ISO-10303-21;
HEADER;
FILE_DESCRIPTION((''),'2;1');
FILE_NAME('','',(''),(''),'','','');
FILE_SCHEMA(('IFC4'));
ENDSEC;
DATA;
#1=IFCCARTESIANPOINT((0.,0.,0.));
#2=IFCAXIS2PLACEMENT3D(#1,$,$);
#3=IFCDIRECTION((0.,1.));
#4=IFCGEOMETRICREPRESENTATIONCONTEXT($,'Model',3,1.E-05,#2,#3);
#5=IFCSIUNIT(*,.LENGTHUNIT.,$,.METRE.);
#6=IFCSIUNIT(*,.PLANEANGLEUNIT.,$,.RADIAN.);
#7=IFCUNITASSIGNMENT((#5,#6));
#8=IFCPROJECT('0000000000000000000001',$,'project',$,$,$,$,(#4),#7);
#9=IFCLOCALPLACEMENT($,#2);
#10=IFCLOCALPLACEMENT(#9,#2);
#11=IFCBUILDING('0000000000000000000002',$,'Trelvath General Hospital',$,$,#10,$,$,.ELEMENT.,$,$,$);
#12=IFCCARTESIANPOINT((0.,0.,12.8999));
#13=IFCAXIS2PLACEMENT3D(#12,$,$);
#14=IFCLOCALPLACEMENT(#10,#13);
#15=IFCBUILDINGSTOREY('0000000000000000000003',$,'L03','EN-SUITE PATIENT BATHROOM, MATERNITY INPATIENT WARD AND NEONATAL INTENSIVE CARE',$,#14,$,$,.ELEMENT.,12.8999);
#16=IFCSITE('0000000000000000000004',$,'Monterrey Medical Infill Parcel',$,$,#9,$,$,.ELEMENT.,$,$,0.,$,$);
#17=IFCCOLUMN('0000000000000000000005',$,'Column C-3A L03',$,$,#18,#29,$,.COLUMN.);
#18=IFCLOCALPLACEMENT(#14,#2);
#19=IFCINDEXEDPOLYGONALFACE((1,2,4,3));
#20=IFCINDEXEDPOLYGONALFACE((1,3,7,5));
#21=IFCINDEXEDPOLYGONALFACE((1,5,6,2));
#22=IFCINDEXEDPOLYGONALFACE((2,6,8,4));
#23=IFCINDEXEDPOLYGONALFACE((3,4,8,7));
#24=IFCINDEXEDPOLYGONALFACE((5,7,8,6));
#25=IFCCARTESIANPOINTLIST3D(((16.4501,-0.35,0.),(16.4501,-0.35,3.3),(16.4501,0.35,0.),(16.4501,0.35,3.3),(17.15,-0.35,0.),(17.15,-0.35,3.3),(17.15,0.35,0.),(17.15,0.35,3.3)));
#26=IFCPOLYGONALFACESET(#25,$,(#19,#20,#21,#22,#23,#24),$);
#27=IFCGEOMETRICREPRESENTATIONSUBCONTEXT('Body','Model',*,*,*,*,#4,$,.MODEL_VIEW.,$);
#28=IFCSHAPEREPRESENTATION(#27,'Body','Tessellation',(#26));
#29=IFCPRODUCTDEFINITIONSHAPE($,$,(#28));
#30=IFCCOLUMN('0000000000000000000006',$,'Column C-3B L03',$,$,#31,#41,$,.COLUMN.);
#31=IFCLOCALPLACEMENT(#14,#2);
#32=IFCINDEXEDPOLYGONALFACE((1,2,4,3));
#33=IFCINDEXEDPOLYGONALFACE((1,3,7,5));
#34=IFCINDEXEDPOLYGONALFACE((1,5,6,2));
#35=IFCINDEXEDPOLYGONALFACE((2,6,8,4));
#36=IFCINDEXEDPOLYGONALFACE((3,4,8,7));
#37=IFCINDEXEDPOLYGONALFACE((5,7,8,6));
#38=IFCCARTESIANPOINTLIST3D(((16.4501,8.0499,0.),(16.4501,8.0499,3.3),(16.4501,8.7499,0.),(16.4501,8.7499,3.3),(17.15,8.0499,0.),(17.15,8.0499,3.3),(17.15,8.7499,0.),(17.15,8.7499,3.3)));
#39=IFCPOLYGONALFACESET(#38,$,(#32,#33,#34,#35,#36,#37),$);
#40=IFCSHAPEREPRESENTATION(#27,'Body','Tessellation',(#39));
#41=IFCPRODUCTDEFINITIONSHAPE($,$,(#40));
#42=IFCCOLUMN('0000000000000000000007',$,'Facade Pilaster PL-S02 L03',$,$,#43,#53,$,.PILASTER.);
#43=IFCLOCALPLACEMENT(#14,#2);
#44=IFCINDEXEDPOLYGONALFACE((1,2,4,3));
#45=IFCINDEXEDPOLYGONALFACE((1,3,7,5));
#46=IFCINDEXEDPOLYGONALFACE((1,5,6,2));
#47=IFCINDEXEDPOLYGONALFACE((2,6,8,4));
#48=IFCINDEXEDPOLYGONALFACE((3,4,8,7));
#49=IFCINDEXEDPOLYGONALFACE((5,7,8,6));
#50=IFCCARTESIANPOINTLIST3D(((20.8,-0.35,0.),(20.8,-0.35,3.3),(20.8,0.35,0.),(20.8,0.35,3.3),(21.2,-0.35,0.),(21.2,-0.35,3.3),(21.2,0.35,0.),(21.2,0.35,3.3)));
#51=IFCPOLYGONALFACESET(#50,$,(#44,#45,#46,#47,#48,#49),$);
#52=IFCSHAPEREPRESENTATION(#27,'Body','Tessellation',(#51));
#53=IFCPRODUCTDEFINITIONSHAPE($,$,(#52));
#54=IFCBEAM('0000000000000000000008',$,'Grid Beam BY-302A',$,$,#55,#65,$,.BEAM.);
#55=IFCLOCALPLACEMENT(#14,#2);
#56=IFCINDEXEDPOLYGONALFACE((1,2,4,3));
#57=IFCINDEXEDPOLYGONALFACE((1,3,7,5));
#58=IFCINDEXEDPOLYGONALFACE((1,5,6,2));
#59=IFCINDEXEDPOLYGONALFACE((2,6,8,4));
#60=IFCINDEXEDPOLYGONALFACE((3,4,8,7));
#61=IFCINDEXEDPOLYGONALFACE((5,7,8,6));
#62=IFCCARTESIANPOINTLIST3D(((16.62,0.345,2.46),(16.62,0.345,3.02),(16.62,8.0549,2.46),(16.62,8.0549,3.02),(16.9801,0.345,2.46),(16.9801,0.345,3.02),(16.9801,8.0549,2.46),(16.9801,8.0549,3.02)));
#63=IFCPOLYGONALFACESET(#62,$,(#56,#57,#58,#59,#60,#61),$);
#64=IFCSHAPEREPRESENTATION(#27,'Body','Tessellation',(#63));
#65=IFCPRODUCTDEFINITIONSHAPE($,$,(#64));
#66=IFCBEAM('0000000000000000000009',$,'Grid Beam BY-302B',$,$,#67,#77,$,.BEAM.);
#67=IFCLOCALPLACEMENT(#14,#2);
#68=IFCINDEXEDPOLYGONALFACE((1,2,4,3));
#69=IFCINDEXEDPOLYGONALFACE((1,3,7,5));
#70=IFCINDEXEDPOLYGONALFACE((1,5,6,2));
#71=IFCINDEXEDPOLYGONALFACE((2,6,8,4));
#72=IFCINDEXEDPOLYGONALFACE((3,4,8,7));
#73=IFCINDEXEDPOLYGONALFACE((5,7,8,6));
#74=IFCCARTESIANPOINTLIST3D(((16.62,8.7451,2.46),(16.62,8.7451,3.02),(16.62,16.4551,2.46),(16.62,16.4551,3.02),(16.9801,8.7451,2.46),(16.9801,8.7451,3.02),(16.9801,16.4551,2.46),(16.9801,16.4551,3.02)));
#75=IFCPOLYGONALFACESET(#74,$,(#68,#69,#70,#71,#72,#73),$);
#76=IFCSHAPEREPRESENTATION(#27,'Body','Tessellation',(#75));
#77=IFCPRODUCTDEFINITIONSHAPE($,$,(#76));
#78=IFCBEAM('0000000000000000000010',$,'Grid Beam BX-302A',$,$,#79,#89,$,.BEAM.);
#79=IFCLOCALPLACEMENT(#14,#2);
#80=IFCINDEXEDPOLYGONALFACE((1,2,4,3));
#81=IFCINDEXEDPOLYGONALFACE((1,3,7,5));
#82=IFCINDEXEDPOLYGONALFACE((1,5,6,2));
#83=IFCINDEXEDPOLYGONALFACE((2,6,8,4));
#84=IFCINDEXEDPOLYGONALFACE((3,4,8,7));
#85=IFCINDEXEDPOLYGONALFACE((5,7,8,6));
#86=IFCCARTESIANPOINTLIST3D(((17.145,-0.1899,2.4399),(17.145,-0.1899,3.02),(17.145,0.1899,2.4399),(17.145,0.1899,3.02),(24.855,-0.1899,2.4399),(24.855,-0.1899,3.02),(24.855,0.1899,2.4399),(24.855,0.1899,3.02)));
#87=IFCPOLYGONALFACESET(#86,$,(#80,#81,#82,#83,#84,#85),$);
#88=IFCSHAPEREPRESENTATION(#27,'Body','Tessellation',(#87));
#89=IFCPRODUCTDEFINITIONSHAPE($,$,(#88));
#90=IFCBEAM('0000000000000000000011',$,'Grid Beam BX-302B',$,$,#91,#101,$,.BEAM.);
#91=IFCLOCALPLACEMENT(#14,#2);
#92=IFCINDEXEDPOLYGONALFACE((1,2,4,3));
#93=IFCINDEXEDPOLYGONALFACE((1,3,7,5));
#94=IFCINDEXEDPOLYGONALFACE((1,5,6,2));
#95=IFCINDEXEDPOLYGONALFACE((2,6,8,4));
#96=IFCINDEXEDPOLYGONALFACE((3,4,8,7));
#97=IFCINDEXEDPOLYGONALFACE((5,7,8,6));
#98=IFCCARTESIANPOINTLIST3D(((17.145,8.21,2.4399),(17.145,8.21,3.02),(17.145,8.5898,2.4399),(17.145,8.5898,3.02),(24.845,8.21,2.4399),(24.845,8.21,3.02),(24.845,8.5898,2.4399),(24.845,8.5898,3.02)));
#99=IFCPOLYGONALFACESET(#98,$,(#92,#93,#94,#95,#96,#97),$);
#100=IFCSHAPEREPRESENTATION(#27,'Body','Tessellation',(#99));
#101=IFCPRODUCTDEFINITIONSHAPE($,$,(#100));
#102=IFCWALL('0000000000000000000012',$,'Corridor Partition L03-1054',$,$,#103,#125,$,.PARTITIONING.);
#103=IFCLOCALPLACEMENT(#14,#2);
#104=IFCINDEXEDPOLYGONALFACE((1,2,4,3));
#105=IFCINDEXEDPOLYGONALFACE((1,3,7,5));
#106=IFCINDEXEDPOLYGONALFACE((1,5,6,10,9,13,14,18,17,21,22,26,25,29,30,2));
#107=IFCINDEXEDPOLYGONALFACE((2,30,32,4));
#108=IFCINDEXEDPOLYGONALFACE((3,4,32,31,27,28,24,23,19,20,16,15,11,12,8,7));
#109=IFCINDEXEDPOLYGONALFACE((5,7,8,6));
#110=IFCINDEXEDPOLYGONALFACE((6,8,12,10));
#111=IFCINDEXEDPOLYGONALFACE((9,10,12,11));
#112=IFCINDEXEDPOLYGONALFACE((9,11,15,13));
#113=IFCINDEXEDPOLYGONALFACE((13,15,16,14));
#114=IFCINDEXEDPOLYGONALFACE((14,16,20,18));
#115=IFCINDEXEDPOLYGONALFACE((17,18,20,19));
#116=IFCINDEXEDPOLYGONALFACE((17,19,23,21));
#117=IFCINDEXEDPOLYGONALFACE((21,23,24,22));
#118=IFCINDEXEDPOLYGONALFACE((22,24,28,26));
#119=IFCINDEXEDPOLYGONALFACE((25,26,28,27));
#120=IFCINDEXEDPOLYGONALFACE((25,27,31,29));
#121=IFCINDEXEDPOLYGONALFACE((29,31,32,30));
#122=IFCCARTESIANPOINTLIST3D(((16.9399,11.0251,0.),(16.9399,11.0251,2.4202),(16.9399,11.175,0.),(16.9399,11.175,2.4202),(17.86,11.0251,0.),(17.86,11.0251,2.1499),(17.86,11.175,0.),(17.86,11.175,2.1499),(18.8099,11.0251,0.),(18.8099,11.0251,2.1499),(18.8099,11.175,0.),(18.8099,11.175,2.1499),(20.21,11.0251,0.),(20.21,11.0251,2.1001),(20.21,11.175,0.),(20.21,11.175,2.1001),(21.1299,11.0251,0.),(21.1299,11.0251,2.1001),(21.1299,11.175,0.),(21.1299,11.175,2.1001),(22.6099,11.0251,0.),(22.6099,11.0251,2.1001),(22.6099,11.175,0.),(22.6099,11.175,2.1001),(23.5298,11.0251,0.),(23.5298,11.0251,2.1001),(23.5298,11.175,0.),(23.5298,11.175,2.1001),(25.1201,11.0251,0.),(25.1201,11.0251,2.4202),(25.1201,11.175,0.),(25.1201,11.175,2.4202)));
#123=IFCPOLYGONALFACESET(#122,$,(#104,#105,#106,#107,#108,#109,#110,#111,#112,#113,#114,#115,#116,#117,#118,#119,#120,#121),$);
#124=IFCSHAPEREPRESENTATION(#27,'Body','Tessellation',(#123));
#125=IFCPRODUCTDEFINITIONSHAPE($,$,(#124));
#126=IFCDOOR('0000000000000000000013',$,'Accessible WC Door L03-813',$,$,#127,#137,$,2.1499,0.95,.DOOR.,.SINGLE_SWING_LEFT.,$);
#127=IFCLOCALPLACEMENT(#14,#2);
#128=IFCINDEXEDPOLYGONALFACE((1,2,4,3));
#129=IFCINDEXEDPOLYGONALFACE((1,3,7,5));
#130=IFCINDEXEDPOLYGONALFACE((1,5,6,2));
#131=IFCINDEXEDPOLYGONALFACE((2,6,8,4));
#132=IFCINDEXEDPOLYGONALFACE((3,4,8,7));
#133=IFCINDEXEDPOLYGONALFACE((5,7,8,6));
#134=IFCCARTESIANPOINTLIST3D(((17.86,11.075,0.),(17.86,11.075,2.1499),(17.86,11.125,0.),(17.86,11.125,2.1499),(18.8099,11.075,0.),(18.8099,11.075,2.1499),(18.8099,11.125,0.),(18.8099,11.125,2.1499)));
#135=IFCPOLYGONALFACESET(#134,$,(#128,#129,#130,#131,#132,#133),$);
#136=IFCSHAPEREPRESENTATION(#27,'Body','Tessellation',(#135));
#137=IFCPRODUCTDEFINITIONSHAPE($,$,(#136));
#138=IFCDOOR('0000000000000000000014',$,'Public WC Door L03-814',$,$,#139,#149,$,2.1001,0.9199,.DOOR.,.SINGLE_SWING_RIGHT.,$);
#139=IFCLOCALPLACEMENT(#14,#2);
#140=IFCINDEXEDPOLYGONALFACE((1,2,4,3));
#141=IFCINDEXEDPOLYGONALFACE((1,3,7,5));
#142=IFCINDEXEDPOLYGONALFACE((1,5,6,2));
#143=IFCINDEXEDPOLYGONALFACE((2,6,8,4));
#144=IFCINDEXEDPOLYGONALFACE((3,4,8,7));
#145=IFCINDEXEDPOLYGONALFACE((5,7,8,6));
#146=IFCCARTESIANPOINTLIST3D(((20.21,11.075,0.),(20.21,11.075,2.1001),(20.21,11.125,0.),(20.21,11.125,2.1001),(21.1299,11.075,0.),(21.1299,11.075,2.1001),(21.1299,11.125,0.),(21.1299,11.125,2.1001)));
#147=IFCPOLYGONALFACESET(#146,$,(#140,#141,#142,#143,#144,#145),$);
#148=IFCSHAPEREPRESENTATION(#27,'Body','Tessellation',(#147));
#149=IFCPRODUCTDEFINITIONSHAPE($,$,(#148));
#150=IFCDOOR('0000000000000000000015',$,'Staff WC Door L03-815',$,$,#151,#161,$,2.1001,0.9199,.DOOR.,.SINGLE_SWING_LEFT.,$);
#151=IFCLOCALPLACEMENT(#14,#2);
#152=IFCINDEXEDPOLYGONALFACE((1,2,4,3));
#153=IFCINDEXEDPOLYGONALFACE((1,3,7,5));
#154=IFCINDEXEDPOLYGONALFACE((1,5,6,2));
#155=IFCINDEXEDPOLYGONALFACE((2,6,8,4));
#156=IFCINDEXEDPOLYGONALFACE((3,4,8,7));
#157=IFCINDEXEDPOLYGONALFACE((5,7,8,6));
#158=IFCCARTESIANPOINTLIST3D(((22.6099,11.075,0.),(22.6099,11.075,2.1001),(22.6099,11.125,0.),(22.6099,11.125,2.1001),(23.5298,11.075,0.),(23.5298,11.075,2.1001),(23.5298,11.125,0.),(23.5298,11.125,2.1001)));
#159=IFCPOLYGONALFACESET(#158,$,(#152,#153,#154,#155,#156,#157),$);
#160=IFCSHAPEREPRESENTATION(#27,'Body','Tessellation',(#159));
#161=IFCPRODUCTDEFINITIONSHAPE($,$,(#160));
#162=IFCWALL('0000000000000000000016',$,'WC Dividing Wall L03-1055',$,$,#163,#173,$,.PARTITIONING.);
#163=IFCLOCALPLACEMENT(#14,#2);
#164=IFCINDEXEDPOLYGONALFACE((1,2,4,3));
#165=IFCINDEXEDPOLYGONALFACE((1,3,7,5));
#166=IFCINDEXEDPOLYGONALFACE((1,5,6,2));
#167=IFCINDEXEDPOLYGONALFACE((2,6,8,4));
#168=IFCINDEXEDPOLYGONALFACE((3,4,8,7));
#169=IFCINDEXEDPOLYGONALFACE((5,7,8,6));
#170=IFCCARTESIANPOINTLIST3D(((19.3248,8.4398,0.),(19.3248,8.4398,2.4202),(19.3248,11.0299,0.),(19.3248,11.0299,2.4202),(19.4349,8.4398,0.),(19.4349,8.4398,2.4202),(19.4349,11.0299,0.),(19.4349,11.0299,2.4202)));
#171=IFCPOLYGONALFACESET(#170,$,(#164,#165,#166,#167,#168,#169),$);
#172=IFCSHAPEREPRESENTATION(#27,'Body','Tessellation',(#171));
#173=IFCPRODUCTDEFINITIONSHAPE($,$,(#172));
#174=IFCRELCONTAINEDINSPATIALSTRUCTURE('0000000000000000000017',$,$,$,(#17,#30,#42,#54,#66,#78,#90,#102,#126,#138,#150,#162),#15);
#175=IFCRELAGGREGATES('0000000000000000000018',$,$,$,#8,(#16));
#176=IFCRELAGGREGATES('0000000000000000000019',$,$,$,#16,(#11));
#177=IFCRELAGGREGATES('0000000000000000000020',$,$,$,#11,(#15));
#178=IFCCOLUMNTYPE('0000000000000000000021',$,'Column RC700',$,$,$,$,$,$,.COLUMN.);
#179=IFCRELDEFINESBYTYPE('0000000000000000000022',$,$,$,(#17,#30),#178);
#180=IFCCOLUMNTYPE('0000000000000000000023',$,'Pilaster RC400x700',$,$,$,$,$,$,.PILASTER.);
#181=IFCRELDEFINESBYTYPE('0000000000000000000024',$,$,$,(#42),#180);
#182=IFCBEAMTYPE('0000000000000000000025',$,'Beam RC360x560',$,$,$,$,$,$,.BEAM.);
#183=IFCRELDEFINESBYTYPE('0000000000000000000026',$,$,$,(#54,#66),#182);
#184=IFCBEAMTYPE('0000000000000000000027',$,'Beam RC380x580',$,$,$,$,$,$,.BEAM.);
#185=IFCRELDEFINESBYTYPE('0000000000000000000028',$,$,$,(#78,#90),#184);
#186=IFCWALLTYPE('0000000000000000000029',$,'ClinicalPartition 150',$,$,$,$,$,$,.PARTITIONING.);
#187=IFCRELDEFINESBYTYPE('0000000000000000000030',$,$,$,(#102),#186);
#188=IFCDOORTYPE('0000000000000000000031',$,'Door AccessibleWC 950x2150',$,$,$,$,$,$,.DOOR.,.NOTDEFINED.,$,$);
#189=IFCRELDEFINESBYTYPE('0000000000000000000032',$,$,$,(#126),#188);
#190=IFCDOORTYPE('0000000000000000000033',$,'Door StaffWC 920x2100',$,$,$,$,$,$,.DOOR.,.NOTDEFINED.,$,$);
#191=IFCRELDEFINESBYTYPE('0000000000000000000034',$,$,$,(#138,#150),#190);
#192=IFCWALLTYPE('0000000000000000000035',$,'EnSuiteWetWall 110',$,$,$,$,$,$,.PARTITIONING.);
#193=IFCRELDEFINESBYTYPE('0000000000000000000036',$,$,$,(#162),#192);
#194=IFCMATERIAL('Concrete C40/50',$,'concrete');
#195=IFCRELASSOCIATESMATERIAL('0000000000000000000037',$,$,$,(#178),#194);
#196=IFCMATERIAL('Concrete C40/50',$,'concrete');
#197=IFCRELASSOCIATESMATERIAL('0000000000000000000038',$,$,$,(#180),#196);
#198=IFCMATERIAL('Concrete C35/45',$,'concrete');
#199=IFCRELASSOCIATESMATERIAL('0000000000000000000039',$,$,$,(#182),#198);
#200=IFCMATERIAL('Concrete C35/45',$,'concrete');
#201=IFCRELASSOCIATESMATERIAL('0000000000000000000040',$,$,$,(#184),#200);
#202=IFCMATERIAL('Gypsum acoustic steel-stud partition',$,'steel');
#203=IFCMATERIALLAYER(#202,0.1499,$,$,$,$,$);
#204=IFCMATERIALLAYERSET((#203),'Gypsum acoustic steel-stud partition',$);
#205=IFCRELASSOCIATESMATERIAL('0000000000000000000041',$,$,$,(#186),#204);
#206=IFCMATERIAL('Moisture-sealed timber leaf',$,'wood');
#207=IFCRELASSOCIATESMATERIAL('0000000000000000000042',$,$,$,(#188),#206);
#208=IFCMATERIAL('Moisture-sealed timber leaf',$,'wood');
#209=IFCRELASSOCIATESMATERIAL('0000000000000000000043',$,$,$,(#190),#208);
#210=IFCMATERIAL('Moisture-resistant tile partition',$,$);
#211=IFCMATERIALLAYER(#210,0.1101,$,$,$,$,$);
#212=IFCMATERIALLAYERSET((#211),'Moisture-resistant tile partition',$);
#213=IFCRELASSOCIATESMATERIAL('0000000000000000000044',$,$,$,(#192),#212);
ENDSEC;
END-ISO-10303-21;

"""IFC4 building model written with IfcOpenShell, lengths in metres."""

from ifc_helpers import new_model, si_unit, direction, frame, frame_2d, origin, origin_2d, place, context, subcontext, project, spatial, rectangle, extrude, material, layer, layer_set, material_profile, profile_set, type_object, element, fill, save


model = new_model("IFC4")

# Units and contexts
model_context = context("Model", 3, precision=1e-05, world=origin(), true_north=direction((0.0, 1.0)))
body_context = subcontext(model_context, "Body", "Model", "MODEL_VIEW")
ifc_project = project(units=[si_unit("LENGTHUNIT", "METRE"), si_unit("PLANEANGLEUNIT", "RADIAN")], contexts=[model_context])

# Site, building, storey
site_placement = place(None, origin())
site = spatial("IfcSite", under=ifc_project, at=site_placement, Name="Monterrey Medical Infill Parcel", CompositionType="ELEMENT", RefElevation=0.0)
building_placement = place(site_placement, origin())
building = spatial("IfcBuilding", under=site, at=building_placement, Name="Trelvath General Hospital", CompositionType="ELEMENT")
storey_placement = place(building_placement, frame((0.0, 0.0, 12.8999)))
storey = spatial("IfcBuildingStorey", under=building, at=storey_placement, Name="L03", Description="EN-SUITE PATIENT BATHROOM, MATERNITY INPATIENT WARD AND NEONATAL INTENSIVE CARE", CompositionType="ELEMENT", Elevation=12.8999)

# Columns
ifc_material_1 = material(Name="Concrete C40/50", Category="concrete")
ifc_material_profile_1 = material_profile(ifc_material_1, rectangle(XDim=0.7, YDim=0.7, at=origin_2d()), Name="RC700x700")
ifc_profile_set_1 = profile_set([ifc_material_profile_1], Name="Concrete C40/50")
column_type_1 = type_object("IfcColumnType", Name="Column RC700", PredefinedType="COLUMN", material=ifc_profile_set_1)
for number, where, z_axis, x_axis, name in (
    (1, (16.8, 0.0, 0.0), (0.0, 0.0, 1.0), (1.0, 0.0, 0.0), "Column C-3A L03"),
    (2, (16.8, 8.3999, 0.0), (0.0, 0.0, 1.0), (1.0, 0.0, 0.0), "Column C-3B L03"),
):
    element("IfcColumn", number, at=place(storey_placement, frame(where, z_axis=z_axis, x_axis=x_axis)), inside=storey, type_object=column_type_1, Name=name, PredefinedType="COLUMN", context=body_context, shape_type="SweptSolid", body=[
        extrude(rectangle(XDim=0.7, YDim=0.7, at=origin_2d()), origin(), (0.0, 0.0, 1.0), 3.3),
    ])
ifc_material_2 = material(Name="Concrete C40/50", Category="concrete")
ifc_material_profile_2 = material_profile(ifc_material_2, rectangle(XDim=0.3999, YDim=0.7, at=origin_2d()), Name="RC400x700")
ifc_profile_set_2 = profile_set([ifc_material_profile_2], Name="Concrete C40/50")
column_type_2 = type_object("IfcColumnType", Name="Pilaster RC400x700", PredefinedType="PILASTER", material=ifc_profile_set_2)
column_placement = place(storey_placement, frame((21.0, 0.0, 0.0), z_axis=(0.0, 0.0, 1.0), x_axis=(1.0, 0.0, 0.0)))
element("IfcColumn", 3, at=column_placement, inside=storey, type_object=column_type_2, Name="Facade Pilaster PL-S02 L03", PredefinedType="PILASTER", context=body_context, shape_type="SweptSolid", body=[
    extrude(rectangle(XDim=0.3999, YDim=0.7, at=origin_2d()), origin(), (0.0, 0.0, 1.0), 3.3),
])

# Beams
ifc_material_3 = material(Name="Concrete C35/45", Category="concrete")
ifc_material_profile_3 = material_profile(ifc_material_3, rectangle(XDim=0.3601, YDim=0.5601, at=origin_2d()), Name="RCB360x560")
ifc_profile_set_3 = profile_set([ifc_material_profile_3], Name="Concrete C35/45")
beam_type_1 = type_object("IfcBeamType", Name="Beam RC360x560", PredefinedType="BEAM", material=ifc_profile_set_3)
for number, where, z_axis, x_axis, name in (
    (4, (16.8, 0.345, 2.74), (0.0, 1.0, 0.0), (-1.0, 0.0, 0.0), "Grid Beam BY-302A"),
    (5, (16.8, 8.7451, 2.74), (0.0, 1.0, 0.0), (-1.0, 0.0, 0.0), "Grid Beam BY-302B"),
):
    element("IfcBeam", number, at=place(storey_placement, frame(where, z_axis=z_axis, x_axis=x_axis)), inside=storey, type_object=beam_type_1, Name=name, PredefinedType="BEAM", context=body_context, shape_type="SweptSolid", body=[
        extrude(rectangle(XDim=0.3601, YDim=0.5601, at=origin_2d()), origin(), (0.0, 0.0, 1.0), 7.71),
    ])
ifc_material_4 = material(Name="Concrete C35/45", Category="concrete")
ifc_material_profile_4 = material_profile(ifc_material_4, rectangle(XDim=0.3799, YDim=0.5801, at=origin_2d()), Name="RCB380x580")
ifc_profile_set_4 = profile_set([ifc_material_profile_4], Name="Concrete C35/45")
beam_type_2 = type_object("IfcBeamType", Name="Beam RC380x580", PredefinedType="BEAM", material=ifc_profile_set_4)
beam_1_placement = place(storey_placement, frame((17.145, 0.0, 2.73), z_axis=(1.0, 0.0, 0.0), x_axis=(0.0, 1.0, 0.0)))
element("IfcBeam", 6, at=beam_1_placement, inside=storey, type_object=beam_type_2, Name="Grid Beam BX-302A", PredefinedType="BEAM", context=body_context, shape_type="SweptSolid", body=[
    extrude(rectangle(XDim=0.3799, YDim=0.5801, at=origin_2d()), origin(), (0.0, 0.0, 1.0), 7.71),
])
beam_2_placement = place(storey_placement, frame((17.145, 8.3999, 2.73), z_axis=(1.0, 0.0, 0.0), x_axis=(0.0, 1.0, 0.0)))
element("IfcBeam", 7, at=beam_2_placement, inside=storey, type_object=beam_type_2, Name="Grid Beam BX-302B", PredefinedType="BEAM", context=body_context, shape_type="SweptSolid", body=[
    extrude(rectangle(XDim=0.3799, YDim=0.5801, at=origin_2d()), origin(), (0.0, 0.0, 1.0), 7.7),
])

# Wall, openings, doors
ifc_material_5 = material(Name="Gypsum acoustic steel-stud partition", Category="steel")
ifc_layer_1 = layer(ifc_material_5, 0.1499)
ifc_layer_set_1 = layer_set([ifc_layer_1], Name="Gypsum acoustic steel-stud partition")
wall_type_1 = type_object("IfcWallType", Name="ClinicalPartition 150", PredefinedType="PARTITIONING", material=ifc_layer_set_1)
wall_1_placement = place(storey_placement, frame((16.9399, 11.1001, 0.0), z_axis=(0.0, 0.0, 1.0), x_axis=(1.0, 0.0, 0.0)))
wall_1 = element("IfcWall", 8, at=wall_1_placement, inside=storey, type_object=wall_type_1, Name="Corridor Partition L03-1054", PredefinedType="PARTITIONING", context=body_context, shape_type="SweptSolid", body=[
    extrude(rectangle(XDim=8.1802, YDim=0.1499, at=frame_2d((4.0901, 0.0))), origin(), (0.0, 0.0, 1.0), 2.4202),
])
opening_1_placement = place(wall_1_placement, frame((0.9199, 0.0, 0.0)))
opening_1 = element("IfcOpeningElement", 9, at=opening_1_placement, cuts=wall_1, PredefinedType="OPENING", context=body_context, shape_type="SweptSolid", body=[
    extrude(rectangle(XDim=0.95, YDim=2.1499, at=frame_2d((0.4751, 1.075))), frame((0.0, 0.085, 0.0), z_axis=(0.0, -1.0, 0.0), x_axis=(1.0, 0.0, 0.0)), (0.0, 0.0, 1.0), 0.1699),
])
opening_2_placement = place(wall_1_placement, frame((3.27, 0.0, 0.0)))
opening_2 = element("IfcOpeningElement", 10, at=opening_2_placement, cuts=wall_1, PredefinedType="OPENING", context=body_context, shape_type="SweptSolid", body=[
    extrude(rectangle(XDim=0.9199, YDim=2.1001, at=frame_2d((0.46, 1.05))), frame((0.0, 0.085, 0.0), z_axis=(0.0, -1.0, 0.0), x_axis=(1.0, 0.0, 0.0)), (0.0, 0.0, 1.0), 0.1699),
])
opening_3_placement = place(wall_1_placement, frame((5.6699, 0.0, 0.0)))
opening_3 = element("IfcOpeningElement", 11, at=opening_3_placement, cuts=wall_1, PredefinedType="OPENING", context=body_context, shape_type="SweptSolid", body=[
    extrude(rectangle(XDim=0.9199, YDim=2.1001, at=frame_2d((0.46, 1.05))), frame((0.0, 0.085, 0.0), z_axis=(0.0, -1.0, 0.0), x_axis=(1.0, 0.0, 0.0)), (0.0, 0.0, 1.0), 0.1699),
])
ifc_material_6 = material(Name="Moisture-sealed timber leaf", Category="wood")
door_type_1 = type_object("IfcDoorType", Name="Door AccessibleWC 950x2150", OperationType="NOTDEFINED", PredefinedType="DOOR", material=ifc_material_6)
door_1_placement = place(opening_1_placement, origin())
door_1 = element("IfcDoor", 12, at=door_1_placement, inside=storey, type_object=door_type_1, Name="Accessible WC Door L03-813", OperationType="SINGLE_SWING_LEFT", OverallHeight=2.1499, OverallWidth=0.95, PredefinedType="DOOR", context=body_context, shape_type="SweptSolid", body=[
    extrude(rectangle(XDim=0.95, YDim=2.1499, at=frame_2d((0.4751, 1.075))), frame((0.0, 0.0249, 0.0), z_axis=(0.0, -1.0, 0.0), x_axis=(1.0, 0.0, 0.0)), (0.0, 0.0, 1.0), 0.05),
])
fill(opening_1, door_1)
ifc_material_7 = material(Name="Moisture-sealed timber leaf", Category="wood")
door_type_2 = type_object("IfcDoorType", Name="Door StaffWC 920x2100", OperationType="NOTDEFINED", PredefinedType="DOOR", material=ifc_material_7)
door_2_placement = place(opening_2_placement, origin())
door_2 = element("IfcDoor", 13, at=door_2_placement, inside=storey, type_object=door_type_2, Name="Public WC Door L03-814", OperationType="SINGLE_SWING_RIGHT", OverallHeight=2.1001, OverallWidth=0.9199, PredefinedType="DOOR", context=body_context, shape_type="SweptSolid", body=[
    extrude(rectangle(XDim=0.9199, YDim=2.1001, at=frame_2d((0.46, 1.05))), frame((0.0, 0.0249, 0.0), z_axis=(0.0, -1.0, 0.0), x_axis=(1.0, 0.0, 0.0)), (0.0, 0.0, 1.0), 0.05),
])
fill(opening_2, door_2)
door_3_placement = place(opening_3_placement, origin())
door_3 = element("IfcDoor", 14, at=door_3_placement, inside=storey, type_object=door_type_2, Name="Staff WC Door L03-815", OperationType="SINGLE_SWING_LEFT", OverallHeight=2.1001, OverallWidth=0.9199, PredefinedType="DOOR", context=body_context, shape_type="SweptSolid", body=[
    extrude(rectangle(XDim=0.9199, YDim=2.1001, at=frame_2d((0.46, 1.05))), frame((0.0, 0.0249, 0.0), z_axis=(0.0, -1.0, 0.0), x_axis=(1.0, 0.0, 0.0)), (0.0, 0.0, 1.0), 0.05),
])
fill(opening_3, door_3)

# Wall
ifc_material_8 = material(Name="Moisture-resistant tile partition")
ifc_layer_2 = layer(ifc_material_8, 0.1101)
ifc_layer_set_2 = layer_set([ifc_layer_2], Name="Moisture-resistant tile partition")
wall_type_2 = type_object("IfcWallType", Name="EnSuiteWetWall 110", PredefinedType="PARTITIONING", material=ifc_layer_set_2)
for number, where, z_axis, x_axis, name in (
    (15, (19.3799, 8.4399, 0.0), (0.0, 0.0, 1.0), (0.0, 1.0, 0.0), "WC Dividing Wall L03-1055"),
):
    element("IfcWall", number, at=place(storey_placement, frame(where, z_axis=z_axis, x_axis=x_axis)), inside=storey, type_object=wall_type_2, Name=name, PredefinedType="PARTITIONING", context=body_context, shape_type="SweptSolid", body=[
        extrude(rectangle(XDim=2.5901, YDim=0.1101, at=frame_2d((1.2949, 0.0))), origin(), (0.0, 0.0, 1.0), 2.4202),
    ])

save(model, "model.ifc")
